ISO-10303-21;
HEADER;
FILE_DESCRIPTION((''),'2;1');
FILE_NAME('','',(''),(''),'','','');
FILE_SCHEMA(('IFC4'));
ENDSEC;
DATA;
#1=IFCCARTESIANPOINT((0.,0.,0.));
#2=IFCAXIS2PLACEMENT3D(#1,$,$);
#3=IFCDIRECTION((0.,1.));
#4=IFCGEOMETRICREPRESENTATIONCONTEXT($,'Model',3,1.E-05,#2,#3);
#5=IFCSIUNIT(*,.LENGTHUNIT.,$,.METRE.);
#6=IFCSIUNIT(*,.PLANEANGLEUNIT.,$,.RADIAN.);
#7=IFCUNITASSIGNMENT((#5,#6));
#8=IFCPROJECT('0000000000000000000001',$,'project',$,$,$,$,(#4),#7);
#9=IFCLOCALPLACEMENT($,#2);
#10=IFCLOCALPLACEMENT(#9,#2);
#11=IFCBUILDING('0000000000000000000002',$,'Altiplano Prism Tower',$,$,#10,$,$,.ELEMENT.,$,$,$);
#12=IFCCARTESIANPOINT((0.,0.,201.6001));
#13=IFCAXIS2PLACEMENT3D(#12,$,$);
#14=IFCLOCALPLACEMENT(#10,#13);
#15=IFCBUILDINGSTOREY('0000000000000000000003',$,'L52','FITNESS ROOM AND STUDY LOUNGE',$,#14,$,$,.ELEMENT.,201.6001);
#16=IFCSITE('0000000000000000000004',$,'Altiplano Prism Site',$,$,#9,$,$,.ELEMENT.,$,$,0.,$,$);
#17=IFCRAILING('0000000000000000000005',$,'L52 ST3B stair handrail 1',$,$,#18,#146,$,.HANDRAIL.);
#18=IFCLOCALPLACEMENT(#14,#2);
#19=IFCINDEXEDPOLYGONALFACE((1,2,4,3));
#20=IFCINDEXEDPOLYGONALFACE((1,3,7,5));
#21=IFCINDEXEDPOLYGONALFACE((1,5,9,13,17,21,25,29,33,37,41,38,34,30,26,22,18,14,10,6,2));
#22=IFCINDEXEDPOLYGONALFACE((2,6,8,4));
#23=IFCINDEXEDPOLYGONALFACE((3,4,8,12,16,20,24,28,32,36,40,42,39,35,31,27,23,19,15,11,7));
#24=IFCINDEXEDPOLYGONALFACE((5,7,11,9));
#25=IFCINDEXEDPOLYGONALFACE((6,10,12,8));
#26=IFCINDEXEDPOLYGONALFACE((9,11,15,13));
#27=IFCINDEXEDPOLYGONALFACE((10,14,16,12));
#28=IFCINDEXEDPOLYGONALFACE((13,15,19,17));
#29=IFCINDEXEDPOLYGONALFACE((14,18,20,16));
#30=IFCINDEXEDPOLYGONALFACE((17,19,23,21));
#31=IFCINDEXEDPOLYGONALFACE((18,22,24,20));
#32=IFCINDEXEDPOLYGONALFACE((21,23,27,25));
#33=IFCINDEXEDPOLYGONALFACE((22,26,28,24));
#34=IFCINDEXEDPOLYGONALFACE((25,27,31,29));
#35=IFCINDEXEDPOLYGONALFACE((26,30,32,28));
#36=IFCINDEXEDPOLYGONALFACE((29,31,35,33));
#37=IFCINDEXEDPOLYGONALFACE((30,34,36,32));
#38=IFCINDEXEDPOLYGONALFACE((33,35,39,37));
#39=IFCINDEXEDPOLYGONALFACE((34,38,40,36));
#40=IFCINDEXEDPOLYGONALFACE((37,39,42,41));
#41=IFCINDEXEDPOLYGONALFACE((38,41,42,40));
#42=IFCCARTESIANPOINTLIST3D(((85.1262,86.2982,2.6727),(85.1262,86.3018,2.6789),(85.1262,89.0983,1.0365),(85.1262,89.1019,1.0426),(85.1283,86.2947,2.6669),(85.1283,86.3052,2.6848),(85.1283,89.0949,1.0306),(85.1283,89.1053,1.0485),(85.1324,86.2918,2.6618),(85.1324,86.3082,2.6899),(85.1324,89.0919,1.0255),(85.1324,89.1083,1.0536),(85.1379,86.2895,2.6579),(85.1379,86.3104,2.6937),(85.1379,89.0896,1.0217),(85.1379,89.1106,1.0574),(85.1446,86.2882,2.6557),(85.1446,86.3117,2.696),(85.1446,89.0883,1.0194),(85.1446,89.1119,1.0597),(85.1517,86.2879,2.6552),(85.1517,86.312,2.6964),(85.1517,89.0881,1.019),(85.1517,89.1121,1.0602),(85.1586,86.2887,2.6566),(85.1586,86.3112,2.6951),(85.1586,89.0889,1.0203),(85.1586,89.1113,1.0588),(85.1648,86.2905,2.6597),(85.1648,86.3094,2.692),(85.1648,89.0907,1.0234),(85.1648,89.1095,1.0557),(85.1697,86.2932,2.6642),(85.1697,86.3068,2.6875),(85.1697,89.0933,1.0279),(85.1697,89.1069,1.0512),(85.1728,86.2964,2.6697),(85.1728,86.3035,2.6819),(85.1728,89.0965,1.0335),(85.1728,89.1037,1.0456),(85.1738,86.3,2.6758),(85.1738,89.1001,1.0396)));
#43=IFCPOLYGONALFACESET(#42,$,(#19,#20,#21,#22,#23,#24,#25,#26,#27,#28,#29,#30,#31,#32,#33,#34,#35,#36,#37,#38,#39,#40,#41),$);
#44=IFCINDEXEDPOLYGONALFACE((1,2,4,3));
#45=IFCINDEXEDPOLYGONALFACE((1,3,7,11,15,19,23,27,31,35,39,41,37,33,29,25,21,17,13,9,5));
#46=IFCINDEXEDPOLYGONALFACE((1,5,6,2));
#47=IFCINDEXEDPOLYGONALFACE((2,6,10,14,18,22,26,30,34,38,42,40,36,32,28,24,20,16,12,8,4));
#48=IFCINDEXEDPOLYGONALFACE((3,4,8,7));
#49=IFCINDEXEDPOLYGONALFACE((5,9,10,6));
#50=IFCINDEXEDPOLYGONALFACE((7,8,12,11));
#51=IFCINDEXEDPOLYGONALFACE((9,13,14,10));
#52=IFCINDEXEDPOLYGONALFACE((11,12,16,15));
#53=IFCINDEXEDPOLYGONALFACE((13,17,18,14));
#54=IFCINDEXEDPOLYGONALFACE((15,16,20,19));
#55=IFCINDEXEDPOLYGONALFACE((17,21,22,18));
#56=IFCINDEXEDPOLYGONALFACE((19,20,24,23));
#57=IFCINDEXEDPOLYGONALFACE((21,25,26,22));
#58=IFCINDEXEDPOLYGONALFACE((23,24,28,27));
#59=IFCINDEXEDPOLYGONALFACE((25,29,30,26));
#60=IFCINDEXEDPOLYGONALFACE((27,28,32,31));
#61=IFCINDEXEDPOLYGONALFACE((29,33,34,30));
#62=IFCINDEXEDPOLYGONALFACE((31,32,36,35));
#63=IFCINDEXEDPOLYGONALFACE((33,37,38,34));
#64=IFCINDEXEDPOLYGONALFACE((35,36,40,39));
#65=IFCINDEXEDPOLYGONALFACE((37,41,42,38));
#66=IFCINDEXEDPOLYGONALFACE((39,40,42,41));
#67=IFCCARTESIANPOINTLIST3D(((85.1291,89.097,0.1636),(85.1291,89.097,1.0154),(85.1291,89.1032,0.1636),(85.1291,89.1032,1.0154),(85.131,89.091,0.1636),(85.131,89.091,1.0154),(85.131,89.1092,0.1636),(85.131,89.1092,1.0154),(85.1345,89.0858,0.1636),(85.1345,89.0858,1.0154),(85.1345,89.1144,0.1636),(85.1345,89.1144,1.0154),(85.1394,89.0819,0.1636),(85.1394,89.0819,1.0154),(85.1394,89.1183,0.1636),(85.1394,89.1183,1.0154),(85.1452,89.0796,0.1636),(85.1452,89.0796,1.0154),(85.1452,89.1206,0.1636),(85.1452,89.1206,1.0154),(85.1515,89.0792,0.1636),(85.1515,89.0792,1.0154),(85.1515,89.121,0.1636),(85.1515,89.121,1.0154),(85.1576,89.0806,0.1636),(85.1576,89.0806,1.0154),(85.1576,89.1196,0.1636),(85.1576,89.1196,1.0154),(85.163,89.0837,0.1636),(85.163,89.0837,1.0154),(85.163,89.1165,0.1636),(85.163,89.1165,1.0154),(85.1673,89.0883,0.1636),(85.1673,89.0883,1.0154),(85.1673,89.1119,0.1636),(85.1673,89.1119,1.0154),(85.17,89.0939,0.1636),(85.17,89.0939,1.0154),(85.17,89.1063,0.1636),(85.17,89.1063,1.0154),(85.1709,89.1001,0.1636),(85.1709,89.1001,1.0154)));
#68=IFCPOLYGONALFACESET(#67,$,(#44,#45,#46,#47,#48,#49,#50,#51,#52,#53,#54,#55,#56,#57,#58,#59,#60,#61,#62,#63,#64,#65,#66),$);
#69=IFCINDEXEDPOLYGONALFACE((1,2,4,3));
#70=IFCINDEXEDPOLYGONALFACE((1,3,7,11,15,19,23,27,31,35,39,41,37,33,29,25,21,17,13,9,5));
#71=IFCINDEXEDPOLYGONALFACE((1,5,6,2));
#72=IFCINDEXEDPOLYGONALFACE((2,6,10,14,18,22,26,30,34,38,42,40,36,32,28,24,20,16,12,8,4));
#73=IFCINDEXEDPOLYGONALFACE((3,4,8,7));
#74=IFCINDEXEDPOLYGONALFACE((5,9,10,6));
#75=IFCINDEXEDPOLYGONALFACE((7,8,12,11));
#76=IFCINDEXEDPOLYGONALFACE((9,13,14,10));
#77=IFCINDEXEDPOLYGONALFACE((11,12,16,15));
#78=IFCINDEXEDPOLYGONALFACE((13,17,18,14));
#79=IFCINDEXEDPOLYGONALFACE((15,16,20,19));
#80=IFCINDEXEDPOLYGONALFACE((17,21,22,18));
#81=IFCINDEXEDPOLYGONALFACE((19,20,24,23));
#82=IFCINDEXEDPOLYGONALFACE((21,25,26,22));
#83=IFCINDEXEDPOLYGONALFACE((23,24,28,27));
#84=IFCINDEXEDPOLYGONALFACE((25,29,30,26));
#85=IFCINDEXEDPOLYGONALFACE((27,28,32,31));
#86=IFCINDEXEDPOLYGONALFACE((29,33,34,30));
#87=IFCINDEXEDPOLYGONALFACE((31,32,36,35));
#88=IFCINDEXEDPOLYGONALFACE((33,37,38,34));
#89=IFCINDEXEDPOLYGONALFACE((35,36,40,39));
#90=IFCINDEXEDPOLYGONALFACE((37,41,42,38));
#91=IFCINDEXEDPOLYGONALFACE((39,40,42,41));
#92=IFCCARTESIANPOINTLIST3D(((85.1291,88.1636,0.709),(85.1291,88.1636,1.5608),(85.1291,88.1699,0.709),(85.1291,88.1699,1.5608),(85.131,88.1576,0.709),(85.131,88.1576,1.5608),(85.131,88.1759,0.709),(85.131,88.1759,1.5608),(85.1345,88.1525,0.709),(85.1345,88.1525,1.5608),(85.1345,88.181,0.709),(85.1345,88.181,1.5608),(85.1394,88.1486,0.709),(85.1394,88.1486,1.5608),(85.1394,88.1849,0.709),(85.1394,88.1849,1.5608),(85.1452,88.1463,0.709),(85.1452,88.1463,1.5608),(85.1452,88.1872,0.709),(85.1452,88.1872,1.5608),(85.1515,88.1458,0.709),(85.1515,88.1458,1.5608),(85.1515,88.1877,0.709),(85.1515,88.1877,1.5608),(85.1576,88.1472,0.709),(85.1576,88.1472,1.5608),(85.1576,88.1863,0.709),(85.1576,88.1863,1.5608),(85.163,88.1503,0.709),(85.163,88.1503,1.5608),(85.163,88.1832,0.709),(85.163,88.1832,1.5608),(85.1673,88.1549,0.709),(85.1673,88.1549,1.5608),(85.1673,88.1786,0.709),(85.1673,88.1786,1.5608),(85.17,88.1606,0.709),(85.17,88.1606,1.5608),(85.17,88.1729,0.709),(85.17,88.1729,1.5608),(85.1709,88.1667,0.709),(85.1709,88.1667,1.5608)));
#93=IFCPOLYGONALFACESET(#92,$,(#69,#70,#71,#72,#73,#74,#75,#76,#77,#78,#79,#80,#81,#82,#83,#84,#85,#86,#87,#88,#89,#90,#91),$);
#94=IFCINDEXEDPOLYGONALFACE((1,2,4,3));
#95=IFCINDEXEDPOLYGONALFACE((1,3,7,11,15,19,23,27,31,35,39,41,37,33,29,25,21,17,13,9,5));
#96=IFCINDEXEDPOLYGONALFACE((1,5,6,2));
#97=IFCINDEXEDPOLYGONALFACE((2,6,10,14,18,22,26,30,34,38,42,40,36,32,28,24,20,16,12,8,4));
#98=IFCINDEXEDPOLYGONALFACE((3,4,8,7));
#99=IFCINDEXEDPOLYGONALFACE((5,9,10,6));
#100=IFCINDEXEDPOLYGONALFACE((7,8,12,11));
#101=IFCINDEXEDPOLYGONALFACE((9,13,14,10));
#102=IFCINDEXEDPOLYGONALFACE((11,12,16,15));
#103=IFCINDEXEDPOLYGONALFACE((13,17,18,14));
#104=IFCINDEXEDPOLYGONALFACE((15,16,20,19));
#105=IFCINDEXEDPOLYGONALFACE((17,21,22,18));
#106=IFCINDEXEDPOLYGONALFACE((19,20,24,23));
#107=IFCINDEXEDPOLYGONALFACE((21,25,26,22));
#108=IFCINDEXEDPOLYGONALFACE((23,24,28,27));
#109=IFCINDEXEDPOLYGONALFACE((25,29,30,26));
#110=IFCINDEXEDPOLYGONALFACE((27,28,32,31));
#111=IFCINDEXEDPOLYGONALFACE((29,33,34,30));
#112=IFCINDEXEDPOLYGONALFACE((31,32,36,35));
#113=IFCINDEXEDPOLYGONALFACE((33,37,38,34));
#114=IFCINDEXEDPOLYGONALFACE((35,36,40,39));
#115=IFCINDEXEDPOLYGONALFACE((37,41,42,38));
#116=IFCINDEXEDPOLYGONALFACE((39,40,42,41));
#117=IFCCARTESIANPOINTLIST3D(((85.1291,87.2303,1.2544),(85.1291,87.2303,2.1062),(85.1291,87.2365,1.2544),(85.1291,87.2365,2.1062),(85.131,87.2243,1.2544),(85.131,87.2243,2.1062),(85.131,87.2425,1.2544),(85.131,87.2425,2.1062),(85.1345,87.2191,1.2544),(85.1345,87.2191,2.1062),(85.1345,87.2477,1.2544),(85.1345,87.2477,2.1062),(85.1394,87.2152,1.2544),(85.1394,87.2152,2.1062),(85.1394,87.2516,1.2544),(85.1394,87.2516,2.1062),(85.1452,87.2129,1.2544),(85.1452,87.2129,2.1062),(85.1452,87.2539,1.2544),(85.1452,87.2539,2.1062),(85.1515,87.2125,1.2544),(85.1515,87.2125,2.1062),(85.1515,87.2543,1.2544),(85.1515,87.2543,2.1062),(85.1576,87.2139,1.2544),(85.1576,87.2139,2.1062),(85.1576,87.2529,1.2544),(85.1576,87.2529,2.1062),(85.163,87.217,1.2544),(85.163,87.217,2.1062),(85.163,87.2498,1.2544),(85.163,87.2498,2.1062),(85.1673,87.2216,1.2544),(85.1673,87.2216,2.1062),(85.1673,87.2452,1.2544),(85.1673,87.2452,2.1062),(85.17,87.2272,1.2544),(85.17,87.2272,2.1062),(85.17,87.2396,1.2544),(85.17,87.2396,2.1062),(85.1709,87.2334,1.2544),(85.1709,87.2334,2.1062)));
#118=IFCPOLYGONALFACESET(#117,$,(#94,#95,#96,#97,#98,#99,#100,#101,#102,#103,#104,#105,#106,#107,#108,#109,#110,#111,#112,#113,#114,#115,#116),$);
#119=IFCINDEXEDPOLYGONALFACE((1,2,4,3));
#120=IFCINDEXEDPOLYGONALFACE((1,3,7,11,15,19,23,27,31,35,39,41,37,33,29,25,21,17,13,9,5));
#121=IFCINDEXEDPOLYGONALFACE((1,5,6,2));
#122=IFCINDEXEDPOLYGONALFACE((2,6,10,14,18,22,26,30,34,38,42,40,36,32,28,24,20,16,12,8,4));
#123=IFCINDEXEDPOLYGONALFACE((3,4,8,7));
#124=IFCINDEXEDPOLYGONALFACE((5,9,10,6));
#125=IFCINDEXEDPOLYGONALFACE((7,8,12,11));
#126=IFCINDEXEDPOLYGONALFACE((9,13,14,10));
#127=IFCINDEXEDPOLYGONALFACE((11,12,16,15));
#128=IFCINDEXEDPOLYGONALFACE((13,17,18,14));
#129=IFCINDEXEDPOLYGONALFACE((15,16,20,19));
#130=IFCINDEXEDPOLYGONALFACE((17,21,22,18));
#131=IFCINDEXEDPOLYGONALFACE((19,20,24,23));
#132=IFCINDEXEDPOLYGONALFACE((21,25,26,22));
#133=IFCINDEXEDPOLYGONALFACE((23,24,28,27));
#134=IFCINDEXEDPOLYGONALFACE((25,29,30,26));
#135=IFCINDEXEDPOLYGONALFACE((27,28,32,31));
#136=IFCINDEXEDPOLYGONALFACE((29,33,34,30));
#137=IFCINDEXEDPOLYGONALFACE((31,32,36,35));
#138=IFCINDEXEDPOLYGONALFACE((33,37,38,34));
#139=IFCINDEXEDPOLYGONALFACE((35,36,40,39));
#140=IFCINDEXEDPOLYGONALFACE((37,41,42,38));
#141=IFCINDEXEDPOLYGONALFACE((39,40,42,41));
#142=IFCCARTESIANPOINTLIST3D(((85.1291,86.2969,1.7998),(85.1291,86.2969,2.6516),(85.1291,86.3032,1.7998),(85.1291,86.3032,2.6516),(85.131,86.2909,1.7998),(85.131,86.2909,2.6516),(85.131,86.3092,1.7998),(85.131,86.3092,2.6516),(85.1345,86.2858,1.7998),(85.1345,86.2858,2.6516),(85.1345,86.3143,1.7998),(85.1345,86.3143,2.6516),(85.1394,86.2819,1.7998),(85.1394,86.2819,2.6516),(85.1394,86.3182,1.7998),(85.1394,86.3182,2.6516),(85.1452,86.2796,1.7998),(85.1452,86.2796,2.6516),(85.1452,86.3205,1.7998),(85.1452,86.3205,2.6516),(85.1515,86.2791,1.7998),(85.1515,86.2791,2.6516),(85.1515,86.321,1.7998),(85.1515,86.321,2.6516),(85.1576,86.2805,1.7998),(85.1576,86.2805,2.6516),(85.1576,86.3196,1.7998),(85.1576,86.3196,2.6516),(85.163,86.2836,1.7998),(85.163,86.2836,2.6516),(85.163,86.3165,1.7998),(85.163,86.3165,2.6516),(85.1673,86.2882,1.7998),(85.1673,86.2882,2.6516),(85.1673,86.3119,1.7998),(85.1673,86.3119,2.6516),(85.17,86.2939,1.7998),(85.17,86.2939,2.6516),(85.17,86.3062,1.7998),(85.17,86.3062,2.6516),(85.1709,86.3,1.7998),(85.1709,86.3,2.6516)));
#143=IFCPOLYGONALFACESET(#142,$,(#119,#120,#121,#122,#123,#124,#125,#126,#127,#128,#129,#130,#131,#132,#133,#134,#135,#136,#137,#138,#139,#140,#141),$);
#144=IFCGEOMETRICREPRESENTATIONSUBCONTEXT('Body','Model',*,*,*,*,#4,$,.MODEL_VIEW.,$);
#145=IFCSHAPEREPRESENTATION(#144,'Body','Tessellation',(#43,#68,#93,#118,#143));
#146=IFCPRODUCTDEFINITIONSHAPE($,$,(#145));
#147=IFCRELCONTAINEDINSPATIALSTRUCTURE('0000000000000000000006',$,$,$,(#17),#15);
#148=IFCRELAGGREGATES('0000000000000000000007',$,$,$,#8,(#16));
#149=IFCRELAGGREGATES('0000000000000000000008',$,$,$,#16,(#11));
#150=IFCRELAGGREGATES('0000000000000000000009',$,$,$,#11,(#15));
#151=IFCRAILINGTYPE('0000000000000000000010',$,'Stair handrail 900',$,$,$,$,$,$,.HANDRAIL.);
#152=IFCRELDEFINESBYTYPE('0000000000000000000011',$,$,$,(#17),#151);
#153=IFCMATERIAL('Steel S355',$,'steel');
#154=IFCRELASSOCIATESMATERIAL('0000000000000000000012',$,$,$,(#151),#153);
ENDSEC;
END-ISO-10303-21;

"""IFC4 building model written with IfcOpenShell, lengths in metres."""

from ifc_helpers import new_model, si_unit, direction, frame, origin, origin_2d, place, context, subcontext, project, spatial, circle, extrude, material, type_object, element, save


model = new_model("IFC4")

# Units and contexts
model_context = context("Model", 3, precision=1e-05, world=origin(), true_north=direction((0.0, 1.0)))
body_context = subcontext(model_context, "Body", "Model", "MODEL_VIEW")
ifc_project = project(units=[si_unit("LENGTHUNIT", "METRE"), si_unit("PLANEANGLEUNIT", "RADIAN")], contexts=[model_context])

# Site, building, storey
site_placement = place(None, origin())
site = spatial("IfcSite", under=ifc_project, at=site_placement, Name="Altiplano Prism Site", CompositionType="ELEMENT", RefElevation=0.0)
building_placement = place(site_placement, origin())
building = spatial("IfcBuilding", under=site, at=building_placement, Name="Altiplano Prism Tower", CompositionType="ELEMENT")
storey_placement = place(building_placement, frame((0.0, 0.0, 201.6001)))
storey = spatial("IfcBuildingStorey", under=building, at=storey_placement, Name="L52", Description="FITNESS ROOM AND STUDY LOUNGE", CompositionType="ELEMENT", Elevation=201.6001)

# Railing
ifc_material_1 = material(Name="Steel S355", Category="steel")
railing_type_1 = type_object("IfcRailingType", Name="Stair handrail 900", PredefinedType="HANDRAIL", material=ifc_material_1)
railing_1_placement = place(storey_placement, frame((85.1499, 89.1001, 0.1636)))
element("IfcRailing", 1, at=railing_1_placement, inside=storey, type_object=railing_type_1, Name="L52 ST3B stair handrail 1", PredefinedType="HANDRAIL", context=body_context, shape_type="SweptSolid", body=[
    extrude(circle(Radius=0.0239, at=origin_2d()), frame((0.0, 0.0, 0.876), z_axis=(0.0, -0.863394, 0.504531), x_axis=(1.0, 0.0, 0.0)), (0.0, 0.0, 1.0), 3.2432),
    extrude(circle(Radius=0.021, at=origin_2d()), origin(), (0.0, 0.0, 1.0), 0.8518),
    extrude(circle(Radius=0.021, at=origin_2d()), frame((0.0, -0.9333, 0.5454)), (0.0, 0.0, 1.0), 0.8518),
    extrude(circle(Radius=0.021, at=origin_2d()), frame((0.0, -1.8667, 1.0908)), (0.0, 0.0, 1.0), 0.8518),
    extrude(circle(Radius=0.021, at=origin_2d()), frame((0.0, -2.8, 1.6362)), (0.0, 0.0, 1.0), 0.8518),
])

save(model, "model.ifc")
